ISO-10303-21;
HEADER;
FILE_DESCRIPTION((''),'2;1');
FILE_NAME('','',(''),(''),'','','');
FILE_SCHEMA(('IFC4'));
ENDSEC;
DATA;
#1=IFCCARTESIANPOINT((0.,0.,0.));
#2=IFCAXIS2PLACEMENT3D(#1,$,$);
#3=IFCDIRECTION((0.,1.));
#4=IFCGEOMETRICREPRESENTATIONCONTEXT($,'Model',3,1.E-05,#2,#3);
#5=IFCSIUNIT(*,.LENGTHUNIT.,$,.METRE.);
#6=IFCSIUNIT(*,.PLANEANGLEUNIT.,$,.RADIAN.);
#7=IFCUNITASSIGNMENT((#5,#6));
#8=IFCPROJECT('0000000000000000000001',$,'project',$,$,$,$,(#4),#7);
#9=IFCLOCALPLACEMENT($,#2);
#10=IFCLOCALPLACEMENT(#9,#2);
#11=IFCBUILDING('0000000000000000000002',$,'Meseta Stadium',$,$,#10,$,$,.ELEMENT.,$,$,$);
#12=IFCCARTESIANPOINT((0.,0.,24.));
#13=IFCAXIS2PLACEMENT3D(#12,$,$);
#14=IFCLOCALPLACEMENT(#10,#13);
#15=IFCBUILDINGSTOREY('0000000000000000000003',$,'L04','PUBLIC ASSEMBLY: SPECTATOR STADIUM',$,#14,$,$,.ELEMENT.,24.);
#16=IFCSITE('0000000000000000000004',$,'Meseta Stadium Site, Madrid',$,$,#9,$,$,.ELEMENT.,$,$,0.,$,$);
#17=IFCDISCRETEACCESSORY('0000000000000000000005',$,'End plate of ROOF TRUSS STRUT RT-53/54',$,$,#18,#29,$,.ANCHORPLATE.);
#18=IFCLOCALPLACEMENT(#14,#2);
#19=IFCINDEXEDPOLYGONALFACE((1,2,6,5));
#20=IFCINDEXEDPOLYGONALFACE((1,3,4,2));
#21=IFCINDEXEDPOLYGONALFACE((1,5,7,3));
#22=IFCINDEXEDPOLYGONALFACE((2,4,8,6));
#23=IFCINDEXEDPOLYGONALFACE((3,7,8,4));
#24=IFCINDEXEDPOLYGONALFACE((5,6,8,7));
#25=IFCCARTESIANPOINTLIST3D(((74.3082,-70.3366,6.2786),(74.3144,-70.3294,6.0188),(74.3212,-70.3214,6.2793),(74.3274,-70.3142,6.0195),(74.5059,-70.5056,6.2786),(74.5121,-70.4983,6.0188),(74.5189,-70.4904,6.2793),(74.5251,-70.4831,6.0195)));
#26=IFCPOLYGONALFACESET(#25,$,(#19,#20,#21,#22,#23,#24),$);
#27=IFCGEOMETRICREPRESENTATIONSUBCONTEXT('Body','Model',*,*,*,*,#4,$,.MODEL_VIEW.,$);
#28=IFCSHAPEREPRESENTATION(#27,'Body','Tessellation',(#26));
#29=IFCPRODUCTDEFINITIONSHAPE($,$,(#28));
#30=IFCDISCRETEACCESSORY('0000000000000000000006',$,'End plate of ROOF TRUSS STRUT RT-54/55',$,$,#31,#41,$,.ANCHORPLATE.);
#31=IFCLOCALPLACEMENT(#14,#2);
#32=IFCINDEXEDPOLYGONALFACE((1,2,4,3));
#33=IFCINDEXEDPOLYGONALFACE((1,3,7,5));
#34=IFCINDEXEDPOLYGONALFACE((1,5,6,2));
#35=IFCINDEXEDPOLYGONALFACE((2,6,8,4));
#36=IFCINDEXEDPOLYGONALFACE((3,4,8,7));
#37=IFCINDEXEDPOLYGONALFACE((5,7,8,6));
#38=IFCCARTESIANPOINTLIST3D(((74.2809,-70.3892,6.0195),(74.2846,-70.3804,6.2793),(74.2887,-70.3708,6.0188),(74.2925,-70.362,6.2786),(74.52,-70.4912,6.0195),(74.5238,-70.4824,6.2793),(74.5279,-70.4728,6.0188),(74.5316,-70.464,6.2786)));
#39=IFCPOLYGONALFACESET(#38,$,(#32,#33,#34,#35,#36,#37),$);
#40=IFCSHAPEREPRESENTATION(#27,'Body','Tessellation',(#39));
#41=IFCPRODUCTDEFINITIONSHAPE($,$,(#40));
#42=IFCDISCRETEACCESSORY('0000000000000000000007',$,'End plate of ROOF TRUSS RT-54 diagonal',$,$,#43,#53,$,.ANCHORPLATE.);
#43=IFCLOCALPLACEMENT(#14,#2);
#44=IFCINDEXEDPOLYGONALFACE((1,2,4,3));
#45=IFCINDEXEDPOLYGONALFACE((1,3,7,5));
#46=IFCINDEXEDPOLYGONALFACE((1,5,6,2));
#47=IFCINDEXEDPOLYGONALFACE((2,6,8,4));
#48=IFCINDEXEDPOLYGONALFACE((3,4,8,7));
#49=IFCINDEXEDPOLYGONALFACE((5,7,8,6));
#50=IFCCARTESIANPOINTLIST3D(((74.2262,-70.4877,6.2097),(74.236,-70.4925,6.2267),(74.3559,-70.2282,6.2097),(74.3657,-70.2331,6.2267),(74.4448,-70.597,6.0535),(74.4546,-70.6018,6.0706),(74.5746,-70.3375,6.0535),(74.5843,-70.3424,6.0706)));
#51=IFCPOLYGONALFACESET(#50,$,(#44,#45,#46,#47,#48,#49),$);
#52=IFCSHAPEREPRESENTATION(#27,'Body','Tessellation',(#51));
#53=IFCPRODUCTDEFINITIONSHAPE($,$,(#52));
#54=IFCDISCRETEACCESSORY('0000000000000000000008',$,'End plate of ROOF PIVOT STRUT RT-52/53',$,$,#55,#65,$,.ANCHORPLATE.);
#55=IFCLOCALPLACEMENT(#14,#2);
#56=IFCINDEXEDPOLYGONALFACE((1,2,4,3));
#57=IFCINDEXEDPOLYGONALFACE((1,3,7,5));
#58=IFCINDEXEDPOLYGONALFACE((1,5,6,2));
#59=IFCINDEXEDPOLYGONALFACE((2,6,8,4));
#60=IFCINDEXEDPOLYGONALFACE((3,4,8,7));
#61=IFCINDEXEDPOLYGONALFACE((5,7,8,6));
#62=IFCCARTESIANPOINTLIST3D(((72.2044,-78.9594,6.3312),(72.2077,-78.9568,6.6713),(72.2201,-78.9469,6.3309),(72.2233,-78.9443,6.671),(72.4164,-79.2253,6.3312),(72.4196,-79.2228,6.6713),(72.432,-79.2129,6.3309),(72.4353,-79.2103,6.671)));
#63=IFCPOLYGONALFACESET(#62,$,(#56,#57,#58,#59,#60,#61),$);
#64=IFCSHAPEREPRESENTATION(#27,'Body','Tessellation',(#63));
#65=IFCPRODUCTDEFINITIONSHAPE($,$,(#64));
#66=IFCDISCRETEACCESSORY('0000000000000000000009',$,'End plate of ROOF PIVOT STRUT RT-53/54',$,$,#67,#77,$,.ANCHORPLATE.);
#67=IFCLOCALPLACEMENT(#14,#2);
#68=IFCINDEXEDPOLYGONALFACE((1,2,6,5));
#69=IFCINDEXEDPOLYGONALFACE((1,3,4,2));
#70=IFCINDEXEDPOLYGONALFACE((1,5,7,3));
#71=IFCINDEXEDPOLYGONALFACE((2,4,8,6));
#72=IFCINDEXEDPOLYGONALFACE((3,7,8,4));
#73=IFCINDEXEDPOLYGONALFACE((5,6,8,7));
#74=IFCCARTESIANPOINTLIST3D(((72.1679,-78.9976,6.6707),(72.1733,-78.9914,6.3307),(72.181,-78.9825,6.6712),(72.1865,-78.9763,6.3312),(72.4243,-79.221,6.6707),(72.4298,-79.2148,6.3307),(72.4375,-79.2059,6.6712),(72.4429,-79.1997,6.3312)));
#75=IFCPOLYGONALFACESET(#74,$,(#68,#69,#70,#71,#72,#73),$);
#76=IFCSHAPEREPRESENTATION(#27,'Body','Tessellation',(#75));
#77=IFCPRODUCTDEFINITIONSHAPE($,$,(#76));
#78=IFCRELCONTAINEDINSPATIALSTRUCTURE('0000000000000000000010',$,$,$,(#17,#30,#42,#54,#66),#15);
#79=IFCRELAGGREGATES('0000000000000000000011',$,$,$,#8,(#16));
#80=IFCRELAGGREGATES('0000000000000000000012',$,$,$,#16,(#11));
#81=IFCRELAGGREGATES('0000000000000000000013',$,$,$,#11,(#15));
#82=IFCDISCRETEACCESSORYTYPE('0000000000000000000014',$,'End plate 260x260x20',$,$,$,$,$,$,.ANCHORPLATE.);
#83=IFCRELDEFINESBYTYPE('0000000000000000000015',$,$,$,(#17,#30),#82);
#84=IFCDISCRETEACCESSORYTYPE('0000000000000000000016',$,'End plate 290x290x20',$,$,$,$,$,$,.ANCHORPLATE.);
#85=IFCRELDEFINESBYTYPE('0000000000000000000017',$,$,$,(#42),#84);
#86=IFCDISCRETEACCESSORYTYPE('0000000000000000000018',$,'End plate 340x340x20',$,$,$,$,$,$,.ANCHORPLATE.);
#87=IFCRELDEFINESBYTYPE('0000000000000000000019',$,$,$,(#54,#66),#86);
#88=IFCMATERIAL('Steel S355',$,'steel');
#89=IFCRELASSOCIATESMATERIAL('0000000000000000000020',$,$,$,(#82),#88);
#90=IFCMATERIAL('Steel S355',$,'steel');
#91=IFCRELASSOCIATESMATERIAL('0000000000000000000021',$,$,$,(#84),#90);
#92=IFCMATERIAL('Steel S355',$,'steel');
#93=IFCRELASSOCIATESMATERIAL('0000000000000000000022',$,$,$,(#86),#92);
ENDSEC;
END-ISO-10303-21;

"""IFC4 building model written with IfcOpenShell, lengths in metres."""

from ifc_helpers import new_model, si_unit, direction, frame, origin, origin_2d, place, context, subcontext, project, spatial, rectangle, extrude, material, material_profile, profile_set, type_object, element, save


model = new_model("IFC4")

# Units and contexts
model_context = context("Model", 3, precision=1e-05, world=origin(), true_north=direction((0.0, 1.0)))
body_context = subcontext(model_context, "Body", "Model", "MODEL_VIEW")
ifc_project = project(units=[si_unit("LENGTHUNIT", "METRE"), si_unit("PLANEANGLEUNIT", "RADIAN")], contexts=[model_context])

# Site, building, storey
site_placement = place(None, origin())
site = spatial("IfcSite", under=ifc_project, at=site_placement, Name="Meseta Stadium Site, Madrid", CompositionType="ELEMENT", RefElevation=0.0)
building_placement = place(site_placement, origin())
building = spatial("IfcBuilding", under=site, at=building_placement, Name="Meseta Stadium", CompositionType="ELEMENT")
storey_placement = place(building_placement, frame((0.0, 0.0, 24.0)))
storey = spatial("IfcBuildingStorey", under=building, at=storey_placement, Name="L04", Description="PUBLIC ASSEMBLY: SPECTATOR STADIUM", CompositionType="ELEMENT", Elevation=24.0)

# Discrete accessories
ifc_material_1 = material(Name="Steel S355", Category="steel")
ifc_material_profile_1 = material_profile(ifc_material_1, rectangle(XDim=0.26, YDim=0.26, at=origin_2d()), Name="PL 260x260")
ifc_profile_set_1 = profile_set([ifc_material_profile_1], Name="Steel S355")
discrete_accessory_type_1 = type_object("IfcDiscreteAccessoryType", Name="End plate 260x260x20", PredefinedType="ANCHORPLATE", material=ifc_profile_set_1)
for number, where, z_axis, x_axis, name in (
    (1, (74.4102, -70.4175, 6.1487), (0.649342, 0.759608, 0.036755), (-0.760121, 0.649781, 0.0), "End plate of ROOF TRUSS STRUT RT-53/54"),
    (2, (74.4023, -70.4358, 6.1494), (0.392173, 0.919156, -0.036766), (-0.919778, 0.392439, 0.0), "End plate of ROOF TRUSS STRUT RT-54/55"),
):
    element("IfcDiscreteAccessory", number, at=place(storey_placement, frame(where, z_axis=z_axis, x_axis=x_axis)), inside=storey, type_object=discrete_accessory_type_1, Name=name, PredefinedType="ANCHORPLATE", context=body_context, shape_type="SweptSolid", body=[
        extrude(rectangle(XDim=0.26, YDim=0.26, at=origin_2d()), origin(), (0.0, 0.0, 1.0), 0.02),
    ])
ifc_material_2 = material(Name="Steel S355", Category="steel")
ifc_material_profile_2 = material_profile(ifc_material_2, rectangle(XDim=0.29, YDim=0.29, at=origin_2d()), Name="PL 290x290")
ifc_profile_set_2 = profile_set([ifc_material_profile_2], Name="Steel S355")
discrete_accessory_type_2 = type_object("IfcDiscreteAccessoryType", Name="End plate 290x290x20", PredefinedType="ANCHORPLATE", material=ifc_profile_set_2)
discrete_accessory_1_placement = place(storey_placement, frame((74.4004, -70.4126, 6.1316), z_axis=(0.481543, -0.240772, 0.842701), x_axis=(0.447214, 0.894427, 0.0)))
element("IfcDiscreteAccessory", 3, at=discrete_accessory_1_placement, inside=storey, type_object=discrete_accessory_type_2, Name="End plate of ROOF TRUSS RT-54 diagonal", PredefinedType="ANCHORPLATE", context=body_context, shape_type="SweptSolid", body=[
    extrude(rectangle(XDim=0.29, YDim=0.29, at=origin_2d()), origin(), (0.0, 0.0, 1.0), 0.0203),
])
ifc_material_3 = material(Name="Steel S355", Category="steel")
ifc_material_profile_3 = material_profile(ifc_material_3, rectangle(XDim=0.3401, YDim=0.3401, at=origin_2d()), Name="PL 340x340")
ifc_profile_set_3 = profile_set([ifc_material_profile_3], Name="Steel S355")
discrete_accessory_type_3 = type_object("IfcDiscreteAccessoryType", Name="End plate 340x340x20", PredefinedType="ANCHORPLATE", material=ifc_profile_set_3)
for number, where, z_axis, x_axis, name in (
    (4, (72.312, -79.0911, 6.5012), (0.782001, 0.623157, -0.012219), (-0.623204, 0.78206, 0.0), "End plate of ROOF PIVOT STRUT RT-52/53"),
    (5, (72.2988, -79.1062, 6.5007), (0.656587, 0.753859, 0.024318), (-0.754082, 0.656781, 0.0), "End plate of ROOF PIVOT STRUT RT-53/54"),
):
    element("IfcDiscreteAccessory", number, at=place(storey_placement, frame(where, z_axis=z_axis, x_axis=x_axis)), inside=storey, type_object=discrete_accessory_type_3, Name=name, PredefinedType="ANCHORPLATE", context=body_context, shape_type="SweptSolid", body=[
        extrude(rectangle(XDim=0.3401, YDim=0.3401, at=origin_2d()), origin(), (0.0, 0.0, 1.0), 0.02),
    ])

save(model, "model.ifc")
